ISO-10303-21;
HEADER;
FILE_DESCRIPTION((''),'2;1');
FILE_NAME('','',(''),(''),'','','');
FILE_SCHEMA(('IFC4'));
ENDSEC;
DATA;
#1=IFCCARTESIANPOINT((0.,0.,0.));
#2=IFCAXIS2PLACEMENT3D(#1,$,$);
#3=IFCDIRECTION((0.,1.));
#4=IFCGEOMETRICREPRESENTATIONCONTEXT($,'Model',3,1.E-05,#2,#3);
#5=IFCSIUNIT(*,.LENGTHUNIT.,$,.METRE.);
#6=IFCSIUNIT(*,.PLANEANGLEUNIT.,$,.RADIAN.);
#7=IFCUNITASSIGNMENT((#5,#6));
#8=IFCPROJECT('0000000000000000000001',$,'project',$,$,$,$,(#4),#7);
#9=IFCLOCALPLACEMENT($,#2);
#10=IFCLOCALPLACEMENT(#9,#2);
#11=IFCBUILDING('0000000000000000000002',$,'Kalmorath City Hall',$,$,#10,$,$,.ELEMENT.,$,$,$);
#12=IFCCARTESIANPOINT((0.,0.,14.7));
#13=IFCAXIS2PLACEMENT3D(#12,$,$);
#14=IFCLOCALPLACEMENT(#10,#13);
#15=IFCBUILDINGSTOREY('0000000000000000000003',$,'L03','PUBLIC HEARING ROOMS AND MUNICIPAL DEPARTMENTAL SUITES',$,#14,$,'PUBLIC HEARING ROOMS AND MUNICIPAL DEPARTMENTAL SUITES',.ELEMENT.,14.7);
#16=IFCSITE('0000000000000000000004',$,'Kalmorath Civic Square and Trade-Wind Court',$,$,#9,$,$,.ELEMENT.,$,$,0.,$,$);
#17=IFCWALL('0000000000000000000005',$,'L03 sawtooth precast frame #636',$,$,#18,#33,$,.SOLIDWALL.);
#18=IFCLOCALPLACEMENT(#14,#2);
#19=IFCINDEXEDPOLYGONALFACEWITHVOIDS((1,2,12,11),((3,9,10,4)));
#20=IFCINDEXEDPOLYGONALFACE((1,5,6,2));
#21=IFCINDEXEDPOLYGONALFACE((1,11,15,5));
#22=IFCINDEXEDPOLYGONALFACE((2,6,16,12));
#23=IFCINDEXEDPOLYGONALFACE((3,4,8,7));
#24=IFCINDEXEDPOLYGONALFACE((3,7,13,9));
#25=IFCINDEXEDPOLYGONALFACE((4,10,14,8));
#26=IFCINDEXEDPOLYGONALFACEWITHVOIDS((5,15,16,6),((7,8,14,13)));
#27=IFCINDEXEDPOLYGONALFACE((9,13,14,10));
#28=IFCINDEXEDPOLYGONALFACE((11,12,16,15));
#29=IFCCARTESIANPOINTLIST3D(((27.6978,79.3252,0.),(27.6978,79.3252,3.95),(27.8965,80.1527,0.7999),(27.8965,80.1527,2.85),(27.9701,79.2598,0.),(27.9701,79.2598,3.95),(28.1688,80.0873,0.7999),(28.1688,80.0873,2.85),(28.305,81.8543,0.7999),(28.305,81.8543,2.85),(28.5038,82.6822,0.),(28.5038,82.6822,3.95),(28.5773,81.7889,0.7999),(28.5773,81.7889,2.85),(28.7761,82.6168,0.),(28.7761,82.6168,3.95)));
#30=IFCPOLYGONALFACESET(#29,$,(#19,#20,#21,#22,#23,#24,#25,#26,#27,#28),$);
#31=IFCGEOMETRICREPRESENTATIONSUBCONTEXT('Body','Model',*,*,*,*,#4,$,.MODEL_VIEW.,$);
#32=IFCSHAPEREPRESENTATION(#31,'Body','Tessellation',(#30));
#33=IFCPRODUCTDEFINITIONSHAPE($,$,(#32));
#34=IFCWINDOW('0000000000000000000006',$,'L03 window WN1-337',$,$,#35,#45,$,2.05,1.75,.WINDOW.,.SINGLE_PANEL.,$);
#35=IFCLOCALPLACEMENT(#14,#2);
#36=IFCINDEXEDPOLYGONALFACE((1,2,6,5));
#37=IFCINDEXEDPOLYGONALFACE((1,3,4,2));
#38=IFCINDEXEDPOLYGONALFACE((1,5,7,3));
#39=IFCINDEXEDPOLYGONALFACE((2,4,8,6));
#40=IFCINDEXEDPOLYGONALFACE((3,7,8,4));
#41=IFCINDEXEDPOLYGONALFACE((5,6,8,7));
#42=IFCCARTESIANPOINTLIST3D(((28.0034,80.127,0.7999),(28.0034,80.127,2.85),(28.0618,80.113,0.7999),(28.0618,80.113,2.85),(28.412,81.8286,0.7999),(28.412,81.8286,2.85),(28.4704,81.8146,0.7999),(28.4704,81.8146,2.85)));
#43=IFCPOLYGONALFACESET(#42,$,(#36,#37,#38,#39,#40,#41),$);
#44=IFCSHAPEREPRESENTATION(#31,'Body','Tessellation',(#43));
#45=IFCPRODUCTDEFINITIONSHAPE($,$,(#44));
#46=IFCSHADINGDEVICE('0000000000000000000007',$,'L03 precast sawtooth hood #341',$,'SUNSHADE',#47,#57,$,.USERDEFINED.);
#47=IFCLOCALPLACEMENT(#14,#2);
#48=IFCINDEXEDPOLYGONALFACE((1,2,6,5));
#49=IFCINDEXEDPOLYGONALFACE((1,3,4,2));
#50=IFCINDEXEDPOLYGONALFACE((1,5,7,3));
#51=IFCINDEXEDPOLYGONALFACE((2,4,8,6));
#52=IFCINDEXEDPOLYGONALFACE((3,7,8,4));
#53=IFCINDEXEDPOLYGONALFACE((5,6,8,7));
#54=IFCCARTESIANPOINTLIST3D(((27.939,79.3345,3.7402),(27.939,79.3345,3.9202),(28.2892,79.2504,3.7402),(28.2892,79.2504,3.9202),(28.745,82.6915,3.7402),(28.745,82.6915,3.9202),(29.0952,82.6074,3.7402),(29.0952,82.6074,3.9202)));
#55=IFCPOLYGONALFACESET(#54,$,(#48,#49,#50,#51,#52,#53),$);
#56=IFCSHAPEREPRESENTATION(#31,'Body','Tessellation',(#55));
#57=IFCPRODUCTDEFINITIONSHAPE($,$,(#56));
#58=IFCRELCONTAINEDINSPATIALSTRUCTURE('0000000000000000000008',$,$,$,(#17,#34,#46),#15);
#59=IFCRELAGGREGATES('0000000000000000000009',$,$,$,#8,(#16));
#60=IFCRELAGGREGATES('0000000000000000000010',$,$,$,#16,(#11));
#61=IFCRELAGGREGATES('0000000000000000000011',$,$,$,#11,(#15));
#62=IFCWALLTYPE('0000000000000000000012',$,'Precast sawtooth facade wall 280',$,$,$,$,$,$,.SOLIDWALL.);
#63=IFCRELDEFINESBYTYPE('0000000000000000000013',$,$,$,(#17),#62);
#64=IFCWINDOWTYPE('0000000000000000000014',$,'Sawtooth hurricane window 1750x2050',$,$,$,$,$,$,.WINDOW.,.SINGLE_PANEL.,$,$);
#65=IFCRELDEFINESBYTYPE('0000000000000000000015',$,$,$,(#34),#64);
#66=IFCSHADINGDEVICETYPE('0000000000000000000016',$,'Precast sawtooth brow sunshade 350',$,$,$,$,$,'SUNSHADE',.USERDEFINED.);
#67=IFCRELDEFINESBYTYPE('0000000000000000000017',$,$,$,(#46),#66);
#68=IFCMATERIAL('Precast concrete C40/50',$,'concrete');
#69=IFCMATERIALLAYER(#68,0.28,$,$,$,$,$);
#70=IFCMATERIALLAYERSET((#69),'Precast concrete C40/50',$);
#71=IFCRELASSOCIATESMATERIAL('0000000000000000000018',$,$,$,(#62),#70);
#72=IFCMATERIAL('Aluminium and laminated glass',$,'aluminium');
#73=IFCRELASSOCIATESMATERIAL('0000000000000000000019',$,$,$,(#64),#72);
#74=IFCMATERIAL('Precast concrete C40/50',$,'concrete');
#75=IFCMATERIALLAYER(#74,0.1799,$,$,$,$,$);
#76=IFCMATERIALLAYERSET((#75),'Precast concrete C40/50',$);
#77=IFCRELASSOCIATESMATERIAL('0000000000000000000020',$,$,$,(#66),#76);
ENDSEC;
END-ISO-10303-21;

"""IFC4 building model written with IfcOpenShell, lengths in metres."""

from ifc_helpers import new_model, si_unit, direction, frame, frame_2d, origin, origin_2d, place, context, subcontext, project, spatial, rectangle, extrude, material, layer, layer_set, type_object, element, fill, save


model = new_model("IFC4")

# Units and contexts
model_context = context("Model", 3, precision=1e-05, world=origin(), true_north=direction((0.0, 1.0)))
body_context = subcontext(model_context, "Body", "Model", "MODEL_VIEW")
ifc_project = project(units=[si_unit("LENGTHUNIT", "METRE"), si_unit("PLANEANGLEUNIT", "RADIAN")], contexts=[model_context])

# Site, building, storey
site_placement = place(None, origin())
site = spatial("IfcSite", under=ifc_project, at=site_placement, Name="Kalmorath Civic Square and Trade-Wind Court", CompositionType="ELEMENT", RefElevation=0.0)
building_placement = place(site_placement, origin())
building = spatial("IfcBuilding", under=site, at=building_placement, Name="Kalmorath City Hall", CompositionType="ELEMENT")
storey_placement = place(building_placement, frame((0.0, 0.0, 14.7)))
storey = spatial("IfcBuildingStorey", under=building, at=storey_placement, Name="L03", Description="PUBLIC HEARING ROOMS AND MUNICIPAL DEPARTMENTAL SUITES", LongName="PUBLIC HEARING ROOMS AND MUNICIPAL DEPARTMENTAL SUITES", CompositionType="ELEMENT", Elevation=14.7)

# Wall, opening, window
ifc_material_1 = material(Name="Precast concrete C40/50", Category="concrete")
ifc_layer_1 = layer(ifc_material_1, 0.28)
ifc_layer_set_1 = layer_set([ifc_layer_1], Name="Precast concrete C40/50")
wall_type_1 = type_object("IfcWallType", Name="Precast sawtooth facade wall 280", PredefinedType="SOLIDWALL", material=ifc_layer_set_1)
wall_1_placement = place(storey_placement, frame((28.6399, 82.6494, 0.0), z_axis=(0.0, 0.0, 1.0), x_axis=(-0.23344, -0.972371, 0.0)))
wall_1 = element("IfcWall", 1, at=wall_1_placement, inside=storey, type_object=wall_type_1, Name="L03 sawtooth precast frame #636", PredefinedType="SOLIDWALL", context=body_context, shape_type="SweptSolid", body=[
    extrude(rectangle(XDim=3.4524, YDim=0.28, at=frame_2d((1.7261, 0.0))), origin(), (0.0, 0.0, 1.0), 3.95),
])
opening_placement = place(wall_1_placement, frame((0.8513, 0.0, 0.8)))
opening = element("IfcOpeningElement", 2, at=opening_placement, cuts=wall_1, PredefinedType="OPENING", context=body_context, shape_type="SweptSolid", body=[
    extrude(rectangle(XDim=1.75, YDim=2.05, at=frame_2d((0.875, 1.0249))), frame((0.0, 0.1499, 0.0), z_axis=(0.0, -1.0, 0.0), x_axis=(1.0, 0.0, 0.0)), (0.0, 0.0, 1.0), 0.3),
])
ifc_material_2 = material(Name="Aluminium and laminated glass", Category="aluminium")
window_type = type_object("IfcWindowType", Name="Sawtooth hurricane window 1750x2050", PartitioningType="SINGLE_PANEL", PredefinedType="WINDOW", material=ifc_material_2)
window_placement = place(opening_placement, origin())
window = element("IfcWindow", 3, at=window_placement, inside=storey, type_object=window_type, Name="L03 window WN1-337", OverallHeight=2.05, OverallWidth=1.75, PartitioningType="SINGLE_PANEL", PredefinedType="WINDOW", context=body_context, shape_type="SweptSolid", body=[
    extrude(rectangle(XDim=1.75, YDim=2.05, at=frame_2d((0.875, 1.0249))), frame((0.0, 0.03, 0.0), z_axis=(0.0, -1.0, 0.0), x_axis=(1.0, 0.0, 0.0)), (0.0, 0.0, 1.0), 0.0601),
])
fill(opening, window)

# Shading device
ifc_material_3 = material(Name="Precast concrete C40/50", Category="concrete")
ifc_layer_2 = layer(ifc_material_3, 0.1799)
ifc_layer_set_2 = layer_set([ifc_layer_2], Name="Precast concrete C40/50")
shading_device_type = type_object("IfcShadingDeviceType", Name="Precast sawtooth brow sunshade 350", ElementType="SUNSHADE", PredefinedType="USERDEFINED", material=ifc_layer_set_2)
shading_device_placement = place(storey_placement, frame((28.5171, 80.9709, 3.7402), z_axis=(0.0, 0.0, 1.0), x_axis=(-0.233462, -0.972366, 0.0)))
element("IfcShadingDevice", 4, at=shading_device_placement, inside=storey, type_object=shading_device_type, Name="L03 precast sawtooth hood #341", ObjectType="SUNSHADE", PredefinedType="USERDEFINED", context=body_context, shape_type="SweptSolid", body=[
    extrude(rectangle(XDim=3.4524, YDim=0.3601, at=origin_2d()), origin(), (0.0, 0.0, 1.0), 0.1799),
])

save(model, "model.ifc")
